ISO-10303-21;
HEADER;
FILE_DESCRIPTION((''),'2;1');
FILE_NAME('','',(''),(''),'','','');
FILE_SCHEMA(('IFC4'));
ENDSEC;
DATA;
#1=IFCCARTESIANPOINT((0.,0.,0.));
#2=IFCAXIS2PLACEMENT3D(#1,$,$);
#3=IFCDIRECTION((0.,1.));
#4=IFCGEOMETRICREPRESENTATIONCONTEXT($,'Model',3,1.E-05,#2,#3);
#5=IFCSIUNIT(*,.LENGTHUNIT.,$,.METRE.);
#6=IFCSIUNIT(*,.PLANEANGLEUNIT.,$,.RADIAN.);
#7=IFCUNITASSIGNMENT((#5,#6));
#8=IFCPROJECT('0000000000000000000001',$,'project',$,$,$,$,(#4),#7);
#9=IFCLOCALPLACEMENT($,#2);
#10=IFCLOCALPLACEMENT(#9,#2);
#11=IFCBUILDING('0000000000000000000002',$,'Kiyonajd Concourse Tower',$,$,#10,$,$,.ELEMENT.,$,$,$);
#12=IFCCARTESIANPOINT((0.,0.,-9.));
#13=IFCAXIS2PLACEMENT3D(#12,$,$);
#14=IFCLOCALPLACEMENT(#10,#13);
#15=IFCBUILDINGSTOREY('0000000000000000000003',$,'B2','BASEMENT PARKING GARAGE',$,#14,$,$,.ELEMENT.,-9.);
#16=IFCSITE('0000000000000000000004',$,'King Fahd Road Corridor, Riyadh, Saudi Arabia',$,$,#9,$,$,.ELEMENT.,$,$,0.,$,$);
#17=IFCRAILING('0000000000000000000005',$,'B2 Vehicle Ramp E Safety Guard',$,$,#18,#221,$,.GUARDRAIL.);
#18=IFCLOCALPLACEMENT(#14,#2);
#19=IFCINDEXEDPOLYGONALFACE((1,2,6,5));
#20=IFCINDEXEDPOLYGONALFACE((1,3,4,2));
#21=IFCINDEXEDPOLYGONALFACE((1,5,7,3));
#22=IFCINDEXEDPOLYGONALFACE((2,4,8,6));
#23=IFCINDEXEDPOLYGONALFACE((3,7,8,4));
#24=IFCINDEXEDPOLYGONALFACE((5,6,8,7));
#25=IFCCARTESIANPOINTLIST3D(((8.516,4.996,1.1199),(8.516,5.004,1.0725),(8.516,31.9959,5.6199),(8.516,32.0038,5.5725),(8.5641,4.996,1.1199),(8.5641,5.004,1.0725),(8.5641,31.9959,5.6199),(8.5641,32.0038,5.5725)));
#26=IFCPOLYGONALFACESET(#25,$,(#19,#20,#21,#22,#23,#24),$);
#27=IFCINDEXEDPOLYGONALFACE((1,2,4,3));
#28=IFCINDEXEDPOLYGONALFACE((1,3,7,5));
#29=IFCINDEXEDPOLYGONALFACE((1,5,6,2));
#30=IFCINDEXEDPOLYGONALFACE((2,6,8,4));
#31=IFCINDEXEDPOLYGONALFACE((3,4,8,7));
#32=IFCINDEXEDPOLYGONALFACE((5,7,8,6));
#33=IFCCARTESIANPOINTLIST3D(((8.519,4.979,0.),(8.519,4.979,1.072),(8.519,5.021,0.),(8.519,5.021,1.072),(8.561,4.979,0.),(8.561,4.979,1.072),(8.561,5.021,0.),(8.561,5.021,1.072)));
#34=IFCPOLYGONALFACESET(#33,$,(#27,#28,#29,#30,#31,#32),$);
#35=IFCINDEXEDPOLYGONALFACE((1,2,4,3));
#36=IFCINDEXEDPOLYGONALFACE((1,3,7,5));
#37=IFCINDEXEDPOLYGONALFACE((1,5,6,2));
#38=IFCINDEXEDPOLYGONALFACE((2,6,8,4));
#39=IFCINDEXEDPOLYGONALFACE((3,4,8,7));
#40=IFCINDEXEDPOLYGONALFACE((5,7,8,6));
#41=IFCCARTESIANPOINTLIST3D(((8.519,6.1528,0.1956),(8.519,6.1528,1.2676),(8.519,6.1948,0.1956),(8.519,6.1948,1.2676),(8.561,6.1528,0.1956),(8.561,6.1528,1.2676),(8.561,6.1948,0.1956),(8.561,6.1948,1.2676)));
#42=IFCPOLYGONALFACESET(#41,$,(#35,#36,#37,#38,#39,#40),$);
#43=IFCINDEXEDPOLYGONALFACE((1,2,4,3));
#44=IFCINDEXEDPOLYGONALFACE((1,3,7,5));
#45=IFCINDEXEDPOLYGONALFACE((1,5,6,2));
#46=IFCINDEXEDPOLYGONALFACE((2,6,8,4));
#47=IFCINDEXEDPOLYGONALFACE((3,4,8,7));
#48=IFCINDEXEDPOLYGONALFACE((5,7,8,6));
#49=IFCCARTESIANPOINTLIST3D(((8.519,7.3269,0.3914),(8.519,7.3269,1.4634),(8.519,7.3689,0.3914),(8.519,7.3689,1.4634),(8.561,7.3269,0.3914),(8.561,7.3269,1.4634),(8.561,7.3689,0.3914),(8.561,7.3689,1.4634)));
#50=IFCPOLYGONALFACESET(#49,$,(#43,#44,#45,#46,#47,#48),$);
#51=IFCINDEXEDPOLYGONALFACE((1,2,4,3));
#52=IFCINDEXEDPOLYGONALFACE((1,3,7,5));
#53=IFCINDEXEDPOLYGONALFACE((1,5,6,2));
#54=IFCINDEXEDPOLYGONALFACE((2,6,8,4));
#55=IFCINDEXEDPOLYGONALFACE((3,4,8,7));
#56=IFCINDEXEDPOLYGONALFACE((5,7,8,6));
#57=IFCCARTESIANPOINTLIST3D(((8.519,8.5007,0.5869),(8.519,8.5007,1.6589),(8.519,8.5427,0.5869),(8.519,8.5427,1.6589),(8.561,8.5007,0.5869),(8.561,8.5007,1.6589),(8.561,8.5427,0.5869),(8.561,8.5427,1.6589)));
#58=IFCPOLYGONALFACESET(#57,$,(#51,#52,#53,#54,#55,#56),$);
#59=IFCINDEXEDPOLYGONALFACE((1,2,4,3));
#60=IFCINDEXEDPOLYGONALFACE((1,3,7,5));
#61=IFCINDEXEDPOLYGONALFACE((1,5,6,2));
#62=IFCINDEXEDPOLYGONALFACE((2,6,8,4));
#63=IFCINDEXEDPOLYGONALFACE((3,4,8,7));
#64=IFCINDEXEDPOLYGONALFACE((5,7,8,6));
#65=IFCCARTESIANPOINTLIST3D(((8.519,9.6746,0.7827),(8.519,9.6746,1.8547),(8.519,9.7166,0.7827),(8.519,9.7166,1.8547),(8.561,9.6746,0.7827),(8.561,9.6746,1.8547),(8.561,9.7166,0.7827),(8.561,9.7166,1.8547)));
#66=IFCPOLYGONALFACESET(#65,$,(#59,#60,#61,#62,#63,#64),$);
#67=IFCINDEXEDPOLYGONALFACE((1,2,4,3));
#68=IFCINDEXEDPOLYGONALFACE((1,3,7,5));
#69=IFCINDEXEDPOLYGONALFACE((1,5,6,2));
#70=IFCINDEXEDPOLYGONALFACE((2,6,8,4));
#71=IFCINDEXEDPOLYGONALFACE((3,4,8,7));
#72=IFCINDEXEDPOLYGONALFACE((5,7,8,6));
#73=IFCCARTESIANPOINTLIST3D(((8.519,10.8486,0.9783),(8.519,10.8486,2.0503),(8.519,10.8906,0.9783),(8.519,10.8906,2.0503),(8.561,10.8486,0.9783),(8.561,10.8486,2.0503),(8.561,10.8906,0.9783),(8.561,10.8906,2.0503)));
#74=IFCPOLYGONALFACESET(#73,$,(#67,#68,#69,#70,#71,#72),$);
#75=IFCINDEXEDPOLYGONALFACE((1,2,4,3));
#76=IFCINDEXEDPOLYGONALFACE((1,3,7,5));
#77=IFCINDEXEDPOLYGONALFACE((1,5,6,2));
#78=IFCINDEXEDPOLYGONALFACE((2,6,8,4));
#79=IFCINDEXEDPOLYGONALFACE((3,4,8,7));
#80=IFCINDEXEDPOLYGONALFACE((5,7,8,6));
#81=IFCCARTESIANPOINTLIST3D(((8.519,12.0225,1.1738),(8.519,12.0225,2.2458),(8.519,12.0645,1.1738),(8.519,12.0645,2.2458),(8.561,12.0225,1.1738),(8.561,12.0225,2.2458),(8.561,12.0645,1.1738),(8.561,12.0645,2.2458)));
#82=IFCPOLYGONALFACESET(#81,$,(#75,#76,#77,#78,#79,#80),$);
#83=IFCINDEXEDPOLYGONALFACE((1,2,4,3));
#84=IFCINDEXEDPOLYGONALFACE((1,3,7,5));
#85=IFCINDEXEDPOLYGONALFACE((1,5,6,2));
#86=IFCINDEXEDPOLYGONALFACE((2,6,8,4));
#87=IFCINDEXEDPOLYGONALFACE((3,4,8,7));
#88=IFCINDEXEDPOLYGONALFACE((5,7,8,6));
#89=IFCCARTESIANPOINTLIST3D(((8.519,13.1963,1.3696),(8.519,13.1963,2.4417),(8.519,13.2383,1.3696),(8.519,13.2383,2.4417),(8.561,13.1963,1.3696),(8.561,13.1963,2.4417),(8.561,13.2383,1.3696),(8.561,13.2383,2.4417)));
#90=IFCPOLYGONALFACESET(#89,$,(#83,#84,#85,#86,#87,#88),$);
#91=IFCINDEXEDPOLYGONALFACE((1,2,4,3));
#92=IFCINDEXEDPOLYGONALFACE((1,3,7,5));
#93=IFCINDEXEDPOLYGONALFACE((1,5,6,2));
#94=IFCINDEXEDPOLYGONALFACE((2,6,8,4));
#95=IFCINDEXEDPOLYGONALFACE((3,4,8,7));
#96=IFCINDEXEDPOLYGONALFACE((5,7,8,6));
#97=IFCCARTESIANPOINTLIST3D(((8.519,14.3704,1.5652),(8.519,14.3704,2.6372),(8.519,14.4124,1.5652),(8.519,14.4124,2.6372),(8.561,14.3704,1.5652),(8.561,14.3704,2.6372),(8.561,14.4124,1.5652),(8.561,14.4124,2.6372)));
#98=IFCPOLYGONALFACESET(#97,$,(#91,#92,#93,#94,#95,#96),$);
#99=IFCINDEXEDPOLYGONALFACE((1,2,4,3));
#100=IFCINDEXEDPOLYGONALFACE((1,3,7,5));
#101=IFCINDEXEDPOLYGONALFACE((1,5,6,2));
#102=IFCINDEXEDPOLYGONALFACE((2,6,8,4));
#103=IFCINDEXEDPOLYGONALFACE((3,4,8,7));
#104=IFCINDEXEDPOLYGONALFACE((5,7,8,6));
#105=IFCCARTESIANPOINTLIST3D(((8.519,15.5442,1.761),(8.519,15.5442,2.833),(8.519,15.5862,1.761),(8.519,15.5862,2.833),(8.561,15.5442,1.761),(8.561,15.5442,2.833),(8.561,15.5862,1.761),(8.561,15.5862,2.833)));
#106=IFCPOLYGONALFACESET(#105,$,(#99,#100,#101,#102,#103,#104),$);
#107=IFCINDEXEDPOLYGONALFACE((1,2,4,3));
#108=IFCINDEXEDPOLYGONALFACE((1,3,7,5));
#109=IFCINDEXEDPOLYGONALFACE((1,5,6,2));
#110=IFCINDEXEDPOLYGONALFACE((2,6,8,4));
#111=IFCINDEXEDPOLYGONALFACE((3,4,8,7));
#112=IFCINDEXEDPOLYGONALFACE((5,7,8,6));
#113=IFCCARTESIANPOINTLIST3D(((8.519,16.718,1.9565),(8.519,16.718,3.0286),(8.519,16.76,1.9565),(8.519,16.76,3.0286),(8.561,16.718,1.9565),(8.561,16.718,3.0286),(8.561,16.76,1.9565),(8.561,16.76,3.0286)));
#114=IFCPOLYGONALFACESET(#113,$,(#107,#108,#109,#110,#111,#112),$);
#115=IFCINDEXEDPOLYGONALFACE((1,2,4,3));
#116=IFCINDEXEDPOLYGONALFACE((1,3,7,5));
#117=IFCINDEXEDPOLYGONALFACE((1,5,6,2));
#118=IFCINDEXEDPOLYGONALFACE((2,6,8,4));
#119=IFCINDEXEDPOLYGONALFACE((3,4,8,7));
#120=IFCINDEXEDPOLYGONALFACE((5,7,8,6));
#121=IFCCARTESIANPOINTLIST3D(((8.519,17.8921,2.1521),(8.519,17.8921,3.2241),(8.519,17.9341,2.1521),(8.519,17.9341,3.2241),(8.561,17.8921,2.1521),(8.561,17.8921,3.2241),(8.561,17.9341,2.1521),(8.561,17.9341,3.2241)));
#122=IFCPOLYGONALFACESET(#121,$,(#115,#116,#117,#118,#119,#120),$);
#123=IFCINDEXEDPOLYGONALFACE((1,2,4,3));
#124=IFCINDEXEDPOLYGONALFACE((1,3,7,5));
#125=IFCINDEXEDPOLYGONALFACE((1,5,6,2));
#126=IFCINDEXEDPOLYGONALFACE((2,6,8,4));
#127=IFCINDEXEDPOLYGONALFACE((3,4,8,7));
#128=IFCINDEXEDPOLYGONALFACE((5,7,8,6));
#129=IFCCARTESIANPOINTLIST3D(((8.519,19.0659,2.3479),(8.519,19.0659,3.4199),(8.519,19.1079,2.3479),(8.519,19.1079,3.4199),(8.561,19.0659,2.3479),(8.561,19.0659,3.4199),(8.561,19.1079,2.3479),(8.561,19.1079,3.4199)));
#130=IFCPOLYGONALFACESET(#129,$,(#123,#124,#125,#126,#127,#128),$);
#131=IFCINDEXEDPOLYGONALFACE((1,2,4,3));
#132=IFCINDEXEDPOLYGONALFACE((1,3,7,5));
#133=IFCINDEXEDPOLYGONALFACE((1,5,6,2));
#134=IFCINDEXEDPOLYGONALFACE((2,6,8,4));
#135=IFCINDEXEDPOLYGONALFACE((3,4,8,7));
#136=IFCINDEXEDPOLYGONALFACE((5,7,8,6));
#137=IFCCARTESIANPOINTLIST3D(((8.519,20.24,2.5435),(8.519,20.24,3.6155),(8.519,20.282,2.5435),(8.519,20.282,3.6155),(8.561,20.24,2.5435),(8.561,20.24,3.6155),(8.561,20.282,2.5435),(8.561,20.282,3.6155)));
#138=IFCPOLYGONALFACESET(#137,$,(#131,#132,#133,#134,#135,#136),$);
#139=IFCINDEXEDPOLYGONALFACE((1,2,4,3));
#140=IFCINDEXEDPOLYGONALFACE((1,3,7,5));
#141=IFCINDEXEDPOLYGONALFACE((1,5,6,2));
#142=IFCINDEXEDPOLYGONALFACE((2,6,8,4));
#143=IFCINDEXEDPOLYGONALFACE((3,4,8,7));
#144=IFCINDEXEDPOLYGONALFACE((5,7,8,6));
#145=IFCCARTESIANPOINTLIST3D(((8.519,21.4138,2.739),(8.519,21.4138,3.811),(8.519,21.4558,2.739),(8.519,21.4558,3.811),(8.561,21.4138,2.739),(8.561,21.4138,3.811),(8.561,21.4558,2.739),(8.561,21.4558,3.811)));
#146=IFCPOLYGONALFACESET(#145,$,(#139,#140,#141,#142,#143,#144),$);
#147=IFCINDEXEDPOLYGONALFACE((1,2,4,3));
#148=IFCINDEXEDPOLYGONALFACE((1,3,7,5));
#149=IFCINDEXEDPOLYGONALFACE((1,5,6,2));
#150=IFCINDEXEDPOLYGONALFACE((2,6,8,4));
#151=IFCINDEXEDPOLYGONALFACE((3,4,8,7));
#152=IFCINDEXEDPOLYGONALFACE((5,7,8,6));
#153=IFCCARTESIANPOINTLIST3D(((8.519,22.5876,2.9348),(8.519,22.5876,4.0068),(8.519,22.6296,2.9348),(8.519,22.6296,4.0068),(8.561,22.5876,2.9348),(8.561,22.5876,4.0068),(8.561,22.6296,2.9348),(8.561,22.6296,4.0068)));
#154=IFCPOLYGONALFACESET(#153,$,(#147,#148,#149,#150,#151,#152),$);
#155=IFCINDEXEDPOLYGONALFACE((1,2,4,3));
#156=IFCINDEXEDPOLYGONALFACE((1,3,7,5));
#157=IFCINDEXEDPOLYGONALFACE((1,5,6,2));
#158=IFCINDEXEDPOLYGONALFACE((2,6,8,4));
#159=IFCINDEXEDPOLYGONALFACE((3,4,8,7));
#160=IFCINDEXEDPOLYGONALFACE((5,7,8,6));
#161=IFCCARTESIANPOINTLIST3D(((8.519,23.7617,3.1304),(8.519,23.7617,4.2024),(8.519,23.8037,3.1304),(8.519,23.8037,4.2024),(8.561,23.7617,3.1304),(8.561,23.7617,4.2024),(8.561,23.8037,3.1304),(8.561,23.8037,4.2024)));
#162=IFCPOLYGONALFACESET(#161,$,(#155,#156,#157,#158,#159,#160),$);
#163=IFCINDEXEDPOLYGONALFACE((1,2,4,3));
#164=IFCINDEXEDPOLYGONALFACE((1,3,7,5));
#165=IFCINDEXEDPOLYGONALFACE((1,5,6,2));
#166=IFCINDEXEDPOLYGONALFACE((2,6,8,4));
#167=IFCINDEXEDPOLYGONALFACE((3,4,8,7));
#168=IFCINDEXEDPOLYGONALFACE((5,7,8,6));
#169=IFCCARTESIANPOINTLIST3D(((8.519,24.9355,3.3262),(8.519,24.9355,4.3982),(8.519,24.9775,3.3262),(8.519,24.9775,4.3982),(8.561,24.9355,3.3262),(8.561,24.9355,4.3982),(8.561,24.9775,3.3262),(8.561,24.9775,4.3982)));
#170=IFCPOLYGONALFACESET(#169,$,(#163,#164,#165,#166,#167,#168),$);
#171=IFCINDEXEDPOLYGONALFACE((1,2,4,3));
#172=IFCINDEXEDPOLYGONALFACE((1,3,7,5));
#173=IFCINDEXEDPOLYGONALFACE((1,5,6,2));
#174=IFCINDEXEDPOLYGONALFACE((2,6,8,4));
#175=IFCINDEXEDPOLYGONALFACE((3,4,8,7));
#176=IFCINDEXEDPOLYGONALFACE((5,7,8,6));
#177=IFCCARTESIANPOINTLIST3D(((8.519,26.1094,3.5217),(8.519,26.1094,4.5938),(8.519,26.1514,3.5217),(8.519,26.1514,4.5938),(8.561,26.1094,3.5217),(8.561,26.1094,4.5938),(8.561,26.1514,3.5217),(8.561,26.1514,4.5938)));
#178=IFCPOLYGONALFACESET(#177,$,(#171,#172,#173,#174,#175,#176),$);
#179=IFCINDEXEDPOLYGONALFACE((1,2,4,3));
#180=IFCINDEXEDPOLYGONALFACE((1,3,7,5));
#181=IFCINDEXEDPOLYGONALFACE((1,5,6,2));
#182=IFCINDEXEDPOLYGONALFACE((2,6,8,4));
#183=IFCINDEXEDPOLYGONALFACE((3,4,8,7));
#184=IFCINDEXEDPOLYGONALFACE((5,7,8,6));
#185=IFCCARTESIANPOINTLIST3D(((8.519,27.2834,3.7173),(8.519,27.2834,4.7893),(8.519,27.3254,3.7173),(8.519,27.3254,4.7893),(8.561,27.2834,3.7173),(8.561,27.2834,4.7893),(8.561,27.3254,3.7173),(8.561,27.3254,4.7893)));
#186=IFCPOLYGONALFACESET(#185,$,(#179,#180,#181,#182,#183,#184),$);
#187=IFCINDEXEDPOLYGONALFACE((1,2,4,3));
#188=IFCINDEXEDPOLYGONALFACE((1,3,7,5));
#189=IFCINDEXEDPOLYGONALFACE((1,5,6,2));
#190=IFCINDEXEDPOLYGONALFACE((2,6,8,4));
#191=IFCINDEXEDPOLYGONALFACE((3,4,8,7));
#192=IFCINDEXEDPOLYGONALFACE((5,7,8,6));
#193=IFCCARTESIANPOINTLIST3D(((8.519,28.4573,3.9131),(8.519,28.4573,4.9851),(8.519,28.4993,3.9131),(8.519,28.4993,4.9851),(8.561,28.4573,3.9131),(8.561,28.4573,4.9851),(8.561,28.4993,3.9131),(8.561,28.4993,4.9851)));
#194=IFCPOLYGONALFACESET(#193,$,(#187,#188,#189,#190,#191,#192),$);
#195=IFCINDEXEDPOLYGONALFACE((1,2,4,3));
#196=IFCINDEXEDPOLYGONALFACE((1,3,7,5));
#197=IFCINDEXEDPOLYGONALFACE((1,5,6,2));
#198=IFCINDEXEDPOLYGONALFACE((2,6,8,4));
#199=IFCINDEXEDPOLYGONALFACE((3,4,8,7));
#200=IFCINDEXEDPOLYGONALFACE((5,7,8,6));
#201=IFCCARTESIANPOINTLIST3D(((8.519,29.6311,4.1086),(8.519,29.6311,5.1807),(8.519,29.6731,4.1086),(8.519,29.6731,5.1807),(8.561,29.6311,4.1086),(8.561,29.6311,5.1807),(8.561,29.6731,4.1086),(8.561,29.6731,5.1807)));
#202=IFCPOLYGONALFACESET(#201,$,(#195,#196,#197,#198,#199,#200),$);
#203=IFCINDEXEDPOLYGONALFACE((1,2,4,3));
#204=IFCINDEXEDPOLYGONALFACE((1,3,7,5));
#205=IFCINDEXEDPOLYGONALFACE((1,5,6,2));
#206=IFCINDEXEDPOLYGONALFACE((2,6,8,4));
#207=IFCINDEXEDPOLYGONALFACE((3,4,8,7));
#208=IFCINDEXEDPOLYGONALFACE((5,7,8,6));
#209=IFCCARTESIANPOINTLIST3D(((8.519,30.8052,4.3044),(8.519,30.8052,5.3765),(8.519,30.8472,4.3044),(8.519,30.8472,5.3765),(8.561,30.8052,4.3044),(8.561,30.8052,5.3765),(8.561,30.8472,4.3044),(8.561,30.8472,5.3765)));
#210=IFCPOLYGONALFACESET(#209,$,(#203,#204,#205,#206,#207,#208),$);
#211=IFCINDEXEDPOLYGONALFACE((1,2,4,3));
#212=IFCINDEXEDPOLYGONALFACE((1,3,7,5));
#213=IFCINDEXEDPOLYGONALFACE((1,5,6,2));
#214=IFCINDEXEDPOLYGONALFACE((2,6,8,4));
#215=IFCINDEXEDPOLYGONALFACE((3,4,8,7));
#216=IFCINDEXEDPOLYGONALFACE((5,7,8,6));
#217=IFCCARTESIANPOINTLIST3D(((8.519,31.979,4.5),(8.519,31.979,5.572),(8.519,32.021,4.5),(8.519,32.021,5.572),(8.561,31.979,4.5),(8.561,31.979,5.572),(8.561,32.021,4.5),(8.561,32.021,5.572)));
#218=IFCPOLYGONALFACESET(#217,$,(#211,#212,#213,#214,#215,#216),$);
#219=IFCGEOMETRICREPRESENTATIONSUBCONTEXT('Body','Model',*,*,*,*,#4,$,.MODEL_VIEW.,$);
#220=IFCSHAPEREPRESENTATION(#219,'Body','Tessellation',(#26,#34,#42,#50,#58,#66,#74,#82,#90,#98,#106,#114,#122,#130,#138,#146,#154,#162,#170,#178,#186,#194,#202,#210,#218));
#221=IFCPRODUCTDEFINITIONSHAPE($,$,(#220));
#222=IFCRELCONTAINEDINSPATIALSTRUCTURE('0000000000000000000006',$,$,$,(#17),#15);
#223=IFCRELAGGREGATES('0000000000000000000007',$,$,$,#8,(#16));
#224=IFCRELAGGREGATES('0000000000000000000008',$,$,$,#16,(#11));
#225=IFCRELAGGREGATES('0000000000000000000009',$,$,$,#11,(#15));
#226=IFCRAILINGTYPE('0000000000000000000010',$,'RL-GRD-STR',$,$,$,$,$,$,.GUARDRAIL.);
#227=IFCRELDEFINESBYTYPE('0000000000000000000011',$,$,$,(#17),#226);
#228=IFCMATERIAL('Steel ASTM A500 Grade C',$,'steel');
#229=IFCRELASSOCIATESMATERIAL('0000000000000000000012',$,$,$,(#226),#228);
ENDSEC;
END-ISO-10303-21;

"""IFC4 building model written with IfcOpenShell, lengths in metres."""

from ifc_helpers import new_model, si_unit, direction, frame, origin, origin_2d, place, context, subcontext, project, spatial, rectangle, extrude, material, type_object, element, save


model = new_model("IFC4")

# Units and contexts
model_context = context("Model", 3, precision=1e-05, world=origin(), true_north=direction((0.0, 1.0)))
body_context = subcontext(model_context, "Body", "Model", "MODEL_VIEW")
ifc_project = project(units=[si_unit("LENGTHUNIT", "METRE"), si_unit("PLANEANGLEUNIT", "RADIAN")], contexts=[model_context])

# Site, building, storey
site_placement = place(None, origin())
site = spatial("IfcSite", under=ifc_project, at=site_placement, Name="King Fahd Road Corridor, Riyadh, Saudi Arabia", CompositionType="ELEMENT", RefElevation=0.0)
building_placement = place(site_placement, origin())
building = spatial("IfcBuilding", under=site, at=building_placement, Name="Kiyonajd Concourse Tower", CompositionType="ELEMENT")
storey_placement = place(building_placement, frame((0.0, 0.0, -9.0)))
storey = spatial("IfcBuildingStorey", under=building, at=storey_placement, Name="B2", Description="BASEMENT PARKING GARAGE", CompositionType="ELEMENT", Elevation=-9.0)

# Railing
ifc_material_1 = material(Name="Steel ASTM A500 Grade C", Category="steel")
railing_type = type_object("IfcRailingType", Name="RL-GRD-STR", PredefinedType="GUARDRAIL", material=ifc_material_1)
railing_placement = place(storey_placement, frame((8.54, 5.0, 0.0)))
element("IfcRailing", 1, at=railing_placement, inside=storey, type_object=railing_type, Name="B2 Vehicle Ramp E Safety Guard", PredefinedType="GUARDRAIL", context=body_context, shape_type="SweptSolid", body=[
    extrude(rectangle(XDim=0.0481, YDim=0.0481, at=origin_2d()), frame((0.0, 0.0, 1.0962), z_axis=(0.0, 0.986394, 0.164399), x_axis=(-1.0, 0.0, 0.0)), (0.0, 0.0, 1.0), 27.3723),
    extrude(rectangle(XDim=0.042, YDim=0.042, at=origin_2d()), origin(), (0.0, 0.0, 1.0), 1.072),
    extrude(rectangle(XDim=0.042, YDim=0.042, at=origin_2d()), frame((0.0, 1.1738, 0.1956)), (0.0, 0.0, 1.0), 1.072),
    extrude(rectangle(XDim=0.042, YDim=0.042, at=origin_2d()), frame((0.0, 2.3479, 0.3914)), (0.0, 0.0, 1.0), 1.072),
    extrude(rectangle(XDim=0.042, YDim=0.042, at=origin_2d()), frame((0.0, 3.5217, 0.5869)), (0.0, 0.0, 1.0), 1.072),
    extrude(rectangle(XDim=0.042, YDim=0.042, at=origin_2d()), frame((0.0, 4.6956, 0.7827)), (0.0, 0.0, 1.0), 1.072),
    extrude(rectangle(XDim=0.042, YDim=0.042, at=origin_2d()), frame((0.0, 5.8696, 0.9783)), (0.0, 0.0, 1.0), 1.072),
    extrude(rectangle(XDim=0.042, YDim=0.042, at=origin_2d()), frame((0.0, 7.0435, 1.1738)), (0.0, 0.0, 1.0), 1.072),
    extrude(rectangle(XDim=0.042, YDim=0.042, at=origin_2d()), frame((0.0, 8.2173, 1.3696)), (0.0, 0.0, 1.0), 1.072),
    extrude(rectangle(XDim=0.042, YDim=0.042, at=origin_2d()), frame((0.0, 9.3914, 1.5652)), (0.0, 0.0, 1.0), 1.072),
    extrude(rectangle(XDim=0.042, YDim=0.042, at=origin_2d()), frame((0.0, 10.5652, 1.761)), (0.0, 0.0, 1.0), 1.072),
    extrude(rectangle(XDim=0.042, YDim=0.042, at=origin_2d()), frame((0.0, 11.739, 1.9565)), (0.0, 0.0, 1.0), 1.072),
    extrude(rectangle(XDim=0.042, YDim=0.042, at=origin_2d()), frame((0.0, 12.9131, 2.1521)), (0.0, 0.0, 1.0), 1.072),
    extrude(rectangle(XDim=0.042, YDim=0.042, at=origin_2d()), frame((0.0, 14.0869, 2.3479)), (0.0, 0.0, 1.0), 1.072),
    extrude(rectangle(XDim=0.042, YDim=0.042, at=origin_2d()), frame((0.0, 15.261, 2.5435)), (0.0, 0.0, 1.0), 1.072),
    extrude(rectangle(XDim=0.042, YDim=0.042, at=origin_2d()), frame((0.0, 16.4348, 2.739)), (0.0, 0.0, 1.0), 1.072),
    extrude(rectangle(XDim=0.042, YDim=0.042, at=origin_2d()), frame((0.0, 17.6086, 2.9348)), (0.0, 0.0, 1.0), 1.072),
    extrude(rectangle(XDim=0.042, YDim=0.042, at=origin_2d()), frame((0.0, 18.7827, 3.1304)), (0.0, 0.0, 1.0), 1.072),
    extrude(rectangle(XDim=0.042, YDim=0.042, at=origin_2d()), frame((0.0, 19.9565, 3.3262)), (0.0, 0.0, 1.0), 1.072),
    extrude(rectangle(XDim=0.042, YDim=0.042, at=origin_2d()), frame((0.0, 21.1304, 3.5217)), (0.0, 0.0, 1.0), 1.072),
    extrude(rectangle(XDim=0.042, YDim=0.042, at=origin_2d()), frame((0.0, 22.3044, 3.7173)), (0.0, 0.0, 1.0), 1.072),
    extrude(rectangle(XDim=0.042, YDim=0.042, at=origin_2d()), frame((0.0, 23.4783, 3.9131)), (0.0, 0.0, 1.0), 1.072),
    extrude(rectangle(XDim=0.042, YDim=0.042, at=origin_2d()), frame((0.0, 24.6521, 4.1086)), (0.0, 0.0, 1.0), 1.072),
    extrude(rectangle(XDim=0.042, YDim=0.042, at=origin_2d()), frame((0.0, 25.8262, 4.3044)), (0.0, 0.0, 1.0), 1.072),
    extrude(rectangle(XDim=0.042, YDim=0.042, at=origin_2d()), frame((0.0, 27.0, 4.5)), (0.0, 0.0, 1.0), 1.072),
])

save(model, "model.ifc")
